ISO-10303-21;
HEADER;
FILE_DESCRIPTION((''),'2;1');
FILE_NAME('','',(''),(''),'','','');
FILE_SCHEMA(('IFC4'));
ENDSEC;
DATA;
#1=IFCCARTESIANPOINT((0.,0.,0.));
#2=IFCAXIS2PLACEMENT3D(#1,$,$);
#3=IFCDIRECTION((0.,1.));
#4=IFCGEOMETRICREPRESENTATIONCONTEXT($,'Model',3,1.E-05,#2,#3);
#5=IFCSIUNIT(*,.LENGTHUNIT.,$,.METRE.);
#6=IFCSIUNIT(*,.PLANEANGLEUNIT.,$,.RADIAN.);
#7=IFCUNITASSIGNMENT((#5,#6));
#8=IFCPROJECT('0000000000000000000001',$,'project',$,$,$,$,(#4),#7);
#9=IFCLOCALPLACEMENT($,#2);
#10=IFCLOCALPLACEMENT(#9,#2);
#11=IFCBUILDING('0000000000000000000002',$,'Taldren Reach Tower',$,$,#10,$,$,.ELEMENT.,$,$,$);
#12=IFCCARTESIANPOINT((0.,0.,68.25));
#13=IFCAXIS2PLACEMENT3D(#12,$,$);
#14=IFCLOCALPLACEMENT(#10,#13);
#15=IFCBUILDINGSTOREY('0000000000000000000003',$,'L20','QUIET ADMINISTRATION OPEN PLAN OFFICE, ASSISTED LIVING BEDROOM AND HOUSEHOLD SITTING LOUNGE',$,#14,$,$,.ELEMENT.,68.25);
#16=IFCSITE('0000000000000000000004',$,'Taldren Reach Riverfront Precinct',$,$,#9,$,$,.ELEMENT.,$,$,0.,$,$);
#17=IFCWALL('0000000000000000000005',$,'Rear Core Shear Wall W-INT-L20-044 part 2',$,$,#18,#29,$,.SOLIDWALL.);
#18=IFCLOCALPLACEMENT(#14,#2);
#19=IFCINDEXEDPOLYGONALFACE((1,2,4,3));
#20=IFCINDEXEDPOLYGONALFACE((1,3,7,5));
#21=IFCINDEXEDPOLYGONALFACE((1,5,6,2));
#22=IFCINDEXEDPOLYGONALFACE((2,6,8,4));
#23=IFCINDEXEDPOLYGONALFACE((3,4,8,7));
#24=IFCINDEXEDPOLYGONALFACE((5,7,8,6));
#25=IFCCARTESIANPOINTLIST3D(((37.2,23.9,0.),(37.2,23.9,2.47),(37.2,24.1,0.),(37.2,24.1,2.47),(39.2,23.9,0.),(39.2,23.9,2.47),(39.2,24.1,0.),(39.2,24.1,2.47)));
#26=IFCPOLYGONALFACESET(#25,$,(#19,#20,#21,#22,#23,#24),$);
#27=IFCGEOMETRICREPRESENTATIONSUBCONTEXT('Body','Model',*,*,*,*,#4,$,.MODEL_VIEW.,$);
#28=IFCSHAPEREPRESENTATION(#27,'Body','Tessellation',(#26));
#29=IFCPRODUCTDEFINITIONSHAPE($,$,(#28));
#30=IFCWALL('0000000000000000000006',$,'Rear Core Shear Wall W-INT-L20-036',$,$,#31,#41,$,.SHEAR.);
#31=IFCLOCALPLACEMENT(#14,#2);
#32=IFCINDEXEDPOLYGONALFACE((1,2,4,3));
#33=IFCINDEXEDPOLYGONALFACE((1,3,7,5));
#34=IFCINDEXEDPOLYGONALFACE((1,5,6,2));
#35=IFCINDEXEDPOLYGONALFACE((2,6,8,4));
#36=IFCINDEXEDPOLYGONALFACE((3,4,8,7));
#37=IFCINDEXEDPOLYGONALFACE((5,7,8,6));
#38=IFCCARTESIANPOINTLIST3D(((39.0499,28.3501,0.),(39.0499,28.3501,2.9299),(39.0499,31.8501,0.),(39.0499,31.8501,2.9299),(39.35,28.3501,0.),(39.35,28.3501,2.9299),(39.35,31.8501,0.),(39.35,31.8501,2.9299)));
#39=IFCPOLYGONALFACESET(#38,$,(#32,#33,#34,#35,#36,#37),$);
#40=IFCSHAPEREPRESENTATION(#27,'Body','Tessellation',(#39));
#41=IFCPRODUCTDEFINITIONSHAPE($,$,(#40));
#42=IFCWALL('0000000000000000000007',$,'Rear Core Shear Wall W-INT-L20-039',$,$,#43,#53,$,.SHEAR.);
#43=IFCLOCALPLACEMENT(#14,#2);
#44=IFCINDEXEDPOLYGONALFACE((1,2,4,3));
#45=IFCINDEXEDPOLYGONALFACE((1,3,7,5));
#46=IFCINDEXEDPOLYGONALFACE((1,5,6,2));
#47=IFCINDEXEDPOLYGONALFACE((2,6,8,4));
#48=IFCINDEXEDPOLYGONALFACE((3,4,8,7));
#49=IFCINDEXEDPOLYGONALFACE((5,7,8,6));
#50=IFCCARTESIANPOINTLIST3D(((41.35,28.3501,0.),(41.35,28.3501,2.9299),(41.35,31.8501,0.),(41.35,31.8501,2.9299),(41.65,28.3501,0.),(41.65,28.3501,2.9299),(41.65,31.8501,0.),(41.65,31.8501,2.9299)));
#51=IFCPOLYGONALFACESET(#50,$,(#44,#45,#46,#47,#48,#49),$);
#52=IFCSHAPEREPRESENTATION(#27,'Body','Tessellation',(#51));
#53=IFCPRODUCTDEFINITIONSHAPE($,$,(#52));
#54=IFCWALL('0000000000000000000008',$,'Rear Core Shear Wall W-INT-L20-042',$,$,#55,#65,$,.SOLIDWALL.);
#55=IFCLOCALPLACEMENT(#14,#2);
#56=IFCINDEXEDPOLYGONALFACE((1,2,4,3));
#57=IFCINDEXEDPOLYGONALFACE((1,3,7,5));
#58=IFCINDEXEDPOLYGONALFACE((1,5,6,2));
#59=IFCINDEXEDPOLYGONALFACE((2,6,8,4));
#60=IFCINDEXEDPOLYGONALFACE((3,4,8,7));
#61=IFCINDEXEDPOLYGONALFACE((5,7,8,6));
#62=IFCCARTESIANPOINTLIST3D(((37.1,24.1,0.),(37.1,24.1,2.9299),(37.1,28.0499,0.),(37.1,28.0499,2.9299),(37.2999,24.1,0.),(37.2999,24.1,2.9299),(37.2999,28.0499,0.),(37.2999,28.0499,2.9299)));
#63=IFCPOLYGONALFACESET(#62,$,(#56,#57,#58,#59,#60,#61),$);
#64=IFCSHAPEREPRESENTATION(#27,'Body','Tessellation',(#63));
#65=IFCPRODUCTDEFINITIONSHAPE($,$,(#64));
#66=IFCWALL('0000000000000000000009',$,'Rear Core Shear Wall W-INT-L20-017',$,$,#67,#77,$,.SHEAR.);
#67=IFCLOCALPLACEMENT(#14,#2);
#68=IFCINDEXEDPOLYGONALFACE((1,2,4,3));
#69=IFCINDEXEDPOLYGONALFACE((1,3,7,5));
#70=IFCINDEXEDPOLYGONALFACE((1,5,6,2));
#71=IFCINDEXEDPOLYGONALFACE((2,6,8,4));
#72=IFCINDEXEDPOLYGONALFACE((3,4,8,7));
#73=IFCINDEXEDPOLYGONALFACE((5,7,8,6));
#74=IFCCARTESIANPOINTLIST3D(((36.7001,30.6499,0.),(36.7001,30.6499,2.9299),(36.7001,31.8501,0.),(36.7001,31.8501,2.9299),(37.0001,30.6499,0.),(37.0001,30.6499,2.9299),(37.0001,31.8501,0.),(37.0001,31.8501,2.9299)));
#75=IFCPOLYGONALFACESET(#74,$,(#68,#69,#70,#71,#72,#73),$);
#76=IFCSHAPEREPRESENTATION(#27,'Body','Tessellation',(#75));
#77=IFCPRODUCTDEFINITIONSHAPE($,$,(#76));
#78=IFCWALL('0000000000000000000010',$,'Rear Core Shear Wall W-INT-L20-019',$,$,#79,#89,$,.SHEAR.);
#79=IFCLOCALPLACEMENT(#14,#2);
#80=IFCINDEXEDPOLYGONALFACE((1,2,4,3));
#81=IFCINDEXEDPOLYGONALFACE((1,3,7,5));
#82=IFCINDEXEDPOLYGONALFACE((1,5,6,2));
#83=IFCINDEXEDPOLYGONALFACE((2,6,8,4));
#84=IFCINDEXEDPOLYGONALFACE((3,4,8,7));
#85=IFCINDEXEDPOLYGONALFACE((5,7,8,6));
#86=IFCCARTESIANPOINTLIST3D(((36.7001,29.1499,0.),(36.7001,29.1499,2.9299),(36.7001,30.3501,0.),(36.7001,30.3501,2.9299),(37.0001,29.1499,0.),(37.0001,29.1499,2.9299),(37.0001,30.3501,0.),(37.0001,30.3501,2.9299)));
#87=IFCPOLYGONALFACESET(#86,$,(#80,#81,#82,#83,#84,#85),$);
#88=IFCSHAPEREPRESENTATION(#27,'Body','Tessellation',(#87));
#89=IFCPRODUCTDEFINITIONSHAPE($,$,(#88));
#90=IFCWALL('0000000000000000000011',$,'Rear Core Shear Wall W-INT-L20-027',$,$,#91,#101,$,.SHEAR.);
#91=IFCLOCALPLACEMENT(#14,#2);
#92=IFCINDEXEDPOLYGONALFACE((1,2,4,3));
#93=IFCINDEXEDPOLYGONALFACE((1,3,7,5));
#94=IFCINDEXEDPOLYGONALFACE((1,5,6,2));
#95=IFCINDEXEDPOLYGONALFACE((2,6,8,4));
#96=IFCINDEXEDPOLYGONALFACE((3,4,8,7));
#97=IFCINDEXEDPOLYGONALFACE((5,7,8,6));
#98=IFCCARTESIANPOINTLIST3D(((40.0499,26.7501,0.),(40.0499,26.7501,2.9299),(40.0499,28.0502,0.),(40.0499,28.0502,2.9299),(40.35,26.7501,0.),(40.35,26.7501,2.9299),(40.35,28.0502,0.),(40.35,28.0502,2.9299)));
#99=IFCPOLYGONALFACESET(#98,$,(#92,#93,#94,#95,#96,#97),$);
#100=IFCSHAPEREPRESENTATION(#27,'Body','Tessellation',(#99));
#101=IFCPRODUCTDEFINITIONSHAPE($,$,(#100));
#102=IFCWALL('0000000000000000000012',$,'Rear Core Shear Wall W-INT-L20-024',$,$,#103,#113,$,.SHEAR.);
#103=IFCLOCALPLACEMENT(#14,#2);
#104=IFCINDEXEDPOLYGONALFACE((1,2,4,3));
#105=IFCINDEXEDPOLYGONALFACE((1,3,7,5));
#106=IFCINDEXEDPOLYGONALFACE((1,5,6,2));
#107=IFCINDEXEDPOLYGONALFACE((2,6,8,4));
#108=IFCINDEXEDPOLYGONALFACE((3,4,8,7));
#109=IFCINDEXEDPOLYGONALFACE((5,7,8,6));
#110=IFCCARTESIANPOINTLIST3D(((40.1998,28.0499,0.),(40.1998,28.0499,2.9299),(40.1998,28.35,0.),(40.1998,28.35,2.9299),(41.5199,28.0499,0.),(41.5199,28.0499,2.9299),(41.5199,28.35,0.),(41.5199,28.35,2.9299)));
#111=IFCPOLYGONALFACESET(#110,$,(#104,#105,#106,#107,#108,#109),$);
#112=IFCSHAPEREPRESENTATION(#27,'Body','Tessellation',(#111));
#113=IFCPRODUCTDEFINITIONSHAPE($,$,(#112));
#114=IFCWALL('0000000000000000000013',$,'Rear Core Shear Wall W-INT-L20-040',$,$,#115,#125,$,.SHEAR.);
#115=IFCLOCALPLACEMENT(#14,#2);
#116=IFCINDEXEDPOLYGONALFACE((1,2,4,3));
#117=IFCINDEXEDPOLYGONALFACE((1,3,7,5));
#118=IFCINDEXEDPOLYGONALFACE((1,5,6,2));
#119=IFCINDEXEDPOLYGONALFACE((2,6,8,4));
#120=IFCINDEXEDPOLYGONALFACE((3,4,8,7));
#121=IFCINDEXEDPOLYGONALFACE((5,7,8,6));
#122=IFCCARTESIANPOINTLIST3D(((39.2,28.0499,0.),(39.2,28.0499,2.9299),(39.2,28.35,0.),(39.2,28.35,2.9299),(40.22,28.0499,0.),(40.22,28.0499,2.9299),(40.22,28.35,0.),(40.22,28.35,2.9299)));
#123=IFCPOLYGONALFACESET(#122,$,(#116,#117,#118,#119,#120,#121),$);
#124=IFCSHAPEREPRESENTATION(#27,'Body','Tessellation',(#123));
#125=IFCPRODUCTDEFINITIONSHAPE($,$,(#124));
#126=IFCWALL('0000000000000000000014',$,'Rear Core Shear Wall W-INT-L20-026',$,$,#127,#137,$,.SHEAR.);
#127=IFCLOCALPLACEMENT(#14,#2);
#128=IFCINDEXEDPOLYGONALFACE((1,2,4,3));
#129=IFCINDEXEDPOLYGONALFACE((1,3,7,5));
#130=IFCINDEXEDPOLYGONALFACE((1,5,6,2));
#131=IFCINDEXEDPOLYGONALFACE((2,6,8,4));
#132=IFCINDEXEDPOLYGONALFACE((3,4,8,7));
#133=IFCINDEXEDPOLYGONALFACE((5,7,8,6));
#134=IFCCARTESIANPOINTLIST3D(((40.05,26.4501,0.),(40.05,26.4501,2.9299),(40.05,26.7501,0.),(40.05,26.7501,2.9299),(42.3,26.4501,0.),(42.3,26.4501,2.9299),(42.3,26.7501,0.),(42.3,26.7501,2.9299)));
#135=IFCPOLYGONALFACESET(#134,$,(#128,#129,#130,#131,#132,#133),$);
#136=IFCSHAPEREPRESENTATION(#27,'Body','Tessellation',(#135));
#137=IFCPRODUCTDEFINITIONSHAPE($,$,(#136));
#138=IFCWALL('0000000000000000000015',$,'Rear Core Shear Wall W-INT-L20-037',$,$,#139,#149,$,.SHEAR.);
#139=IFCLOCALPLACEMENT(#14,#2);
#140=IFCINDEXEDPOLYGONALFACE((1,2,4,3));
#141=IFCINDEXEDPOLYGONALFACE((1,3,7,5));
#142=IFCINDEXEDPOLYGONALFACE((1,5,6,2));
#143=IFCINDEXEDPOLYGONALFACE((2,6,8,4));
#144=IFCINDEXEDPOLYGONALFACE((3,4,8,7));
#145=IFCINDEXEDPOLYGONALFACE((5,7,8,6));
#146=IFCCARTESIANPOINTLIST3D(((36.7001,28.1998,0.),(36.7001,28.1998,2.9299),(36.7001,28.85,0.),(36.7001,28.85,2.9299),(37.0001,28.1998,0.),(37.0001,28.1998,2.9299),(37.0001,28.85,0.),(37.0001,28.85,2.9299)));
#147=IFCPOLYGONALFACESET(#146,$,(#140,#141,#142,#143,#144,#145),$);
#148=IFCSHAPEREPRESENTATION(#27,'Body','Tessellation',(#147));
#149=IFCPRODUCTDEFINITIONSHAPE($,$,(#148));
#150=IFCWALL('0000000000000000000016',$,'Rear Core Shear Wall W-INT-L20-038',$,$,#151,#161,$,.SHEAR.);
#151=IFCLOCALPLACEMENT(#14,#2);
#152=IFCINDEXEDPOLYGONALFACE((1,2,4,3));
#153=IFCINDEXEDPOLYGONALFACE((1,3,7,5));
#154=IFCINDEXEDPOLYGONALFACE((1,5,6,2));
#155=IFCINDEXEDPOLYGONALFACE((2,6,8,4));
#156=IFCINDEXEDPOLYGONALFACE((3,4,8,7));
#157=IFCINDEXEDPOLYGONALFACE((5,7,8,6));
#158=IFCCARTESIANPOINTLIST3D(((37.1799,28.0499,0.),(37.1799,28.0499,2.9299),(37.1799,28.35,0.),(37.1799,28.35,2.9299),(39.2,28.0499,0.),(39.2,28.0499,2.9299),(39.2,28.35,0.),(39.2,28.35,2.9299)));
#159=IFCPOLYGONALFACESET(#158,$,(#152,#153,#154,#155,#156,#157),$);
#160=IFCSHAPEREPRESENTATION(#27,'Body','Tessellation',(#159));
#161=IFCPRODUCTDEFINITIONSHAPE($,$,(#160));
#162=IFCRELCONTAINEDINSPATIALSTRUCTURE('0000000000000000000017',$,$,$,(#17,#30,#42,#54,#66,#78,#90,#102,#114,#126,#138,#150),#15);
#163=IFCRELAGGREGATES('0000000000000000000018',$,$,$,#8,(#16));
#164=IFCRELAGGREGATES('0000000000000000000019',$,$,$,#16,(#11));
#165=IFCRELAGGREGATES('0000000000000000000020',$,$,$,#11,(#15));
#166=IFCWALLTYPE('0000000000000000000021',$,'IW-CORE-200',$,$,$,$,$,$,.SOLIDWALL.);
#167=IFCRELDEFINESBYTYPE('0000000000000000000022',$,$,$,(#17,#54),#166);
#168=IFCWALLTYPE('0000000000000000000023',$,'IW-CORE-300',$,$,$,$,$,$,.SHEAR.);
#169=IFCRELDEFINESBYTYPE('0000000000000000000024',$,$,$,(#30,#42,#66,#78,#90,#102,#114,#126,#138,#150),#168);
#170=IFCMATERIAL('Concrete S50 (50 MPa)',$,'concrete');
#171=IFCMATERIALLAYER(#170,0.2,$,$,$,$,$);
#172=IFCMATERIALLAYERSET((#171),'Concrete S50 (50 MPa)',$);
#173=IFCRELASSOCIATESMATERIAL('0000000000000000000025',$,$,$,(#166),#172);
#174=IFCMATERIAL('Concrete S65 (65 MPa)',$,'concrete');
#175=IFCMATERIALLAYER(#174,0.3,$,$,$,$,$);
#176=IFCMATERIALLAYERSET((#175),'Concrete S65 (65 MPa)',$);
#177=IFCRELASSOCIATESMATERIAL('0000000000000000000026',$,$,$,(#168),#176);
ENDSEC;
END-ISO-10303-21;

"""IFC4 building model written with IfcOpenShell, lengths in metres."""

from ifc_helpers import new_model, si_unit, direction, frame, frame_2d, origin, place, context, subcontext, project, spatial, rectangle, extrude, source, transform, mapped, material, layer, layer_set, type_object, element, save


model = new_model("IFC4")

# Units and contexts
model_context = context("Model", 3, precision=1e-05, world=origin(), true_north=direction((0.0, 1.0)))
body_context = subcontext(model_context, "Body", "Model", "MODEL_VIEW")
ifc_project = project(units=[si_unit("LENGTHUNIT", "METRE"), si_unit("PLANEANGLEUNIT", "RADIAN")], contexts=[model_context])

# Site, building, storey
site_placement = place(None, origin())
site = spatial("IfcSite", under=ifc_project, at=site_placement, Name="Taldren Reach Riverfront Precinct", CompositionType="ELEMENT", RefElevation=0.0)
building_placement = place(site_placement, origin())
building = spatial("IfcBuilding", under=site, at=building_placement, Name="Taldren Reach Tower", CompositionType="ELEMENT")
storey_placement = place(building_placement, frame((0.0, 0.0, 68.25)))
storey = spatial("IfcBuildingStorey", under=building, at=storey_placement, Name="L20", Description="QUIET ADMINISTRATION OPEN PLAN OFFICE, ASSISTED LIVING BEDROOM AND HOUSEHOLD SITTING LOUNGE", CompositionType="ELEMENT", Elevation=68.25)

# Shared definitions
ifc_material_1 = material(Name="Concrete S65 (65 MPa)", Category="concrete")

# Shared definitions
ifc_material_2 = material(Name="Concrete S50 (50 MPa)", Category="concrete")
ifc_layer_1 = layer(ifc_material_2, 0.2)
ifc_layer_set_1 = layer_set([ifc_layer_1], Name="Concrete S50 (50 MPa)")
wall_type_1 = type_object("IfcWallType", Name="IW-CORE-200", PredefinedType="SOLIDWALL", material=ifc_layer_set_1)

# Walls
shared_shape_1 = source(origin(), body_context, "Body", "SweptSolid", [
    extrude(rectangle(XDim=2.0, YDim=0.2, at=frame_2d((1.0, 0.0))), origin(), (0.0, 0.0, 1.0), 2.47),
])
wall_1_placement = place(storey_placement, frame((39.2, 24.0, 0.0), z_axis=(0.0, 0.0, 1.0), x_axis=(-1.0, 0.0, 0.0)))
element("IfcWall", 1, at=wall_1_placement, inside=storey, type_object=wall_type_1, Name="Rear Core Shear Wall W-INT-L20-044 part 2", PredefinedType="SOLIDWALL", context=body_context, shape_type="MappedRepresentation", body=[
    mapped(shared_shape_1, transform((0.0, 0.0, 0.0), scale=1.0)),
])
ifc_layer_2 = layer(ifc_material_1, 0.3)
ifc_layer_set_2 = layer_set([ifc_layer_2], Name="Concrete S65 (65 MPa)")
wall_type_2 = type_object("IfcWallType", Name="IW-CORE-300", PredefinedType="SHEAR", material=ifc_layer_set_2)
shared_shape_2 = source(origin(), body_context, "Body", "SweptSolid", [
    extrude(rectangle(XDim=3.5, YDim=0.3, at=frame_2d((1.75, 0.0))), origin(), (0.0, 0.0, 1.0), 2.9299),
])
for number, where, z_axis, x_axis, name in (
    (2, (39.2, 28.3501, 0.0), (0.0, 0.0, 1.0), (0.0, 1.0, 0.0), "Rear Core Shear Wall W-INT-L20-036"),
    (3, (41.5, 28.3501, 0.0), (0.0, 0.0, 1.0), (0.0, 1.0, 0.0), "Rear Core Shear Wall W-INT-L20-039"),
):
    element("IfcWall", number, at=place(storey_placement, frame(where, z_axis=z_axis, x_axis=x_axis)), inside=storey, type_object=wall_type_2, Name=name, PredefinedType="SHEAR", context=body_context, shape_type="MappedRepresentation", body=[
        mapped(shared_shape_2, transform((0.0, 0.0, 0.0), scale=1.0)),
    ])
shared_shape_3 = source(origin(), body_context, "Body", "SweptSolid", [
    extrude(rectangle(XDim=3.95, YDim=0.2, at=frame_2d((1.9751, 0.0))), origin(), (0.0, 0.0, 1.0), 2.9299),
])
wall_2_placement = place(storey_placement, frame((37.2, 28.05, 0.0), z_axis=(0.0, 0.0, 1.0), x_axis=(0.0, -1.0, 0.0)))
element("IfcWall", 4, at=wall_2_placement, inside=storey, type_object=wall_type_1, Name="Rear Core Shear Wall W-INT-L20-042", PredefinedType="SOLIDWALL", context=body_context, shape_type="MappedRepresentation", body=[
    mapped(shared_shape_3, transform((0.0, 0.0, 0.0), scale=1.0)),
])
shared_shape_4 = source(origin(), body_context, "Body", "SweptSolid", [
    extrude(rectangle(XDim=1.2002, YDim=0.3, at=frame_2d((0.6001, 0.0))), origin(), (0.0, 0.0, 1.0), 2.9299),
])
for number, where, z_axis, x_axis, name in (
    (5, (36.8501, 30.6499, 0.0), (0.0, 0.0, 1.0), (0.0, 1.0, 0.0), "Rear Core Shear Wall W-INT-L20-017"),
    (6, (36.8501, 29.1499, 0.0), (0.0, 0.0, 1.0), (0.0, 1.0, 0.0), "Rear Core Shear Wall W-INT-L20-019"),
):
    element("IfcWall", number, at=place(storey_placement, frame(where, z_axis=z_axis, x_axis=x_axis)), inside=storey, type_object=wall_type_2, Name=name, PredefinedType="SHEAR", context=body_context, shape_type="MappedRepresentation", body=[
        mapped(shared_shape_4, transform((0.0, 0.0, 0.0), scale=1.0)),
    ])
shared_shape_5 = source(origin(), body_context, "Body", "SweptSolid", [
    extrude(rectangle(XDim=1.3, YDim=0.3, at=frame_2d((0.6499, 0.0))), origin(), (0.0, 0.0, 1.0), 2.9299),
])
wall_3_placement = place(storey_placement, frame((40.2, 28.05, 0.0), z_axis=(0.0, 0.0, 1.0), x_axis=(0.0, -1.0, 0.0)))
element("IfcWall", 7, at=wall_3_placement, inside=storey, type_object=wall_type_2, Name="Rear Core Shear Wall W-INT-L20-027", PredefinedType="SHEAR", context=body_context, shape_type="MappedRepresentation", body=[
    mapped(shared_shape_5, transform((0.0, 0.0, 0.0), scale=1.0)),
])
shared_shape_6 = source(origin(), body_context, "Body", "SweptSolid", [
    extrude(rectangle(XDim=1.3201, YDim=0.3, at=frame_2d((0.6602, 0.0))), origin(), (0.0, 0.0, 1.0), 2.9299),
])
wall_4_placement = place(storey_placement, frame((41.52, 28.2, 0.0), z_axis=(0.0, 0.0, 1.0), x_axis=(-1.0, 0.0, 0.0)))
element("IfcWall", 8, at=wall_4_placement, inside=storey, type_object=wall_type_2, Name="Rear Core Shear Wall W-INT-L20-024", PredefinedType="SHEAR", context=body_context, shape_type="MappedRepresentation", body=[
    mapped(shared_shape_6, transform((0.0, 0.0, 0.0), scale=1.0)),
])
shared_shape_7 = source(origin(), body_context, "Body", "SweptSolid", [
    extrude(rectangle(XDim=1.02, YDim=0.3, at=frame_2d((0.51, 0.0))), origin(), (0.0, 0.0, 1.0), 2.9299),
])
wall_5_placement = place(storey_placement, frame((39.2, 28.2, 0.0), z_axis=(0.0, 0.0, 1.0), x_axis=(1.0, 0.0, 0.0)))
element("IfcWall", 9, at=wall_5_placement, inside=storey, type_object=wall_type_2, Name="Rear Core Shear Wall W-INT-L20-040", PredefinedType="SHEAR", context=body_context, shape_type="MappedRepresentation", body=[
    mapped(shared_shape_7, transform((0.0, 0.0, 0.0), scale=1.0)),
])
shared_shape_8 = source(origin(), body_context, "Body", "SweptSolid", [
    extrude(rectangle(XDim=2.25, YDim=0.3, at=frame_2d((1.125, 0.0))), origin(), (0.0, 0.0, 1.0), 2.9299),
])
wall_6_placement = place(storey_placement, frame((40.05, 26.6001, 0.0), z_axis=(0.0, 0.0, 1.0), x_axis=(1.0, 0.0, 0.0)))
element("IfcWall", 10, at=wall_6_placement, inside=storey, type_object=wall_type_2, Name="Rear Core Shear Wall W-INT-L20-026", PredefinedType="SHEAR", context=body_context, shape_type="MappedRepresentation", body=[
    mapped(shared_shape_8, transform((0.0, 0.0, 0.0), scale=1.0)),
])
shared_shape_9 = source(origin(), body_context, "Body", "SweptSolid", [
    extrude(rectangle(XDim=0.6501, YDim=0.3, at=frame_2d((0.3252, 0.0))), origin(), (0.0, 0.0, 1.0), 2.9299),
])
wall_7_placement = place(storey_placement, frame((36.8501, 28.8501, 0.0), z_axis=(0.0, 0.0, 1.0), x_axis=(0.0, -1.0, 0.0)))
element("IfcWall", 11, at=wall_7_placement, inside=storey, type_object=wall_type_2, Name="Rear Core Shear Wall W-INT-L20-037", PredefinedType="SHEAR", context=body_context, shape_type="MappedRepresentation", body=[
    mapped(shared_shape_9, transform((0.0, 0.0, 0.0), scale=1.0)),
])
shared_shape_10 = source(origin(), body_context, "Body", "SweptSolid", [
    extrude(rectangle(XDim=2.02, YDim=0.3, at=frame_2d((1.01, 0.0))), origin(), (0.0, 0.0, 1.0), 2.9299),
])
wall_8_placement = place(storey_placement, frame((37.1799, 28.2, 0.0), z_axis=(0.0, 0.0, 1.0), x_axis=(1.0, 0.0, 0.0)))
element("IfcWall", 12, at=wall_8_placement, inside=storey, type_object=wall_type_2, Name="Rear Core Shear Wall W-INT-L20-038", PredefinedType="SHEAR", context=body_context, shape_type="MappedRepresentation", body=[
    mapped(shared_shape_10, transform((0.0, 0.0, 0.0), scale=1.0)),
])

save(model, "model.ifc")
